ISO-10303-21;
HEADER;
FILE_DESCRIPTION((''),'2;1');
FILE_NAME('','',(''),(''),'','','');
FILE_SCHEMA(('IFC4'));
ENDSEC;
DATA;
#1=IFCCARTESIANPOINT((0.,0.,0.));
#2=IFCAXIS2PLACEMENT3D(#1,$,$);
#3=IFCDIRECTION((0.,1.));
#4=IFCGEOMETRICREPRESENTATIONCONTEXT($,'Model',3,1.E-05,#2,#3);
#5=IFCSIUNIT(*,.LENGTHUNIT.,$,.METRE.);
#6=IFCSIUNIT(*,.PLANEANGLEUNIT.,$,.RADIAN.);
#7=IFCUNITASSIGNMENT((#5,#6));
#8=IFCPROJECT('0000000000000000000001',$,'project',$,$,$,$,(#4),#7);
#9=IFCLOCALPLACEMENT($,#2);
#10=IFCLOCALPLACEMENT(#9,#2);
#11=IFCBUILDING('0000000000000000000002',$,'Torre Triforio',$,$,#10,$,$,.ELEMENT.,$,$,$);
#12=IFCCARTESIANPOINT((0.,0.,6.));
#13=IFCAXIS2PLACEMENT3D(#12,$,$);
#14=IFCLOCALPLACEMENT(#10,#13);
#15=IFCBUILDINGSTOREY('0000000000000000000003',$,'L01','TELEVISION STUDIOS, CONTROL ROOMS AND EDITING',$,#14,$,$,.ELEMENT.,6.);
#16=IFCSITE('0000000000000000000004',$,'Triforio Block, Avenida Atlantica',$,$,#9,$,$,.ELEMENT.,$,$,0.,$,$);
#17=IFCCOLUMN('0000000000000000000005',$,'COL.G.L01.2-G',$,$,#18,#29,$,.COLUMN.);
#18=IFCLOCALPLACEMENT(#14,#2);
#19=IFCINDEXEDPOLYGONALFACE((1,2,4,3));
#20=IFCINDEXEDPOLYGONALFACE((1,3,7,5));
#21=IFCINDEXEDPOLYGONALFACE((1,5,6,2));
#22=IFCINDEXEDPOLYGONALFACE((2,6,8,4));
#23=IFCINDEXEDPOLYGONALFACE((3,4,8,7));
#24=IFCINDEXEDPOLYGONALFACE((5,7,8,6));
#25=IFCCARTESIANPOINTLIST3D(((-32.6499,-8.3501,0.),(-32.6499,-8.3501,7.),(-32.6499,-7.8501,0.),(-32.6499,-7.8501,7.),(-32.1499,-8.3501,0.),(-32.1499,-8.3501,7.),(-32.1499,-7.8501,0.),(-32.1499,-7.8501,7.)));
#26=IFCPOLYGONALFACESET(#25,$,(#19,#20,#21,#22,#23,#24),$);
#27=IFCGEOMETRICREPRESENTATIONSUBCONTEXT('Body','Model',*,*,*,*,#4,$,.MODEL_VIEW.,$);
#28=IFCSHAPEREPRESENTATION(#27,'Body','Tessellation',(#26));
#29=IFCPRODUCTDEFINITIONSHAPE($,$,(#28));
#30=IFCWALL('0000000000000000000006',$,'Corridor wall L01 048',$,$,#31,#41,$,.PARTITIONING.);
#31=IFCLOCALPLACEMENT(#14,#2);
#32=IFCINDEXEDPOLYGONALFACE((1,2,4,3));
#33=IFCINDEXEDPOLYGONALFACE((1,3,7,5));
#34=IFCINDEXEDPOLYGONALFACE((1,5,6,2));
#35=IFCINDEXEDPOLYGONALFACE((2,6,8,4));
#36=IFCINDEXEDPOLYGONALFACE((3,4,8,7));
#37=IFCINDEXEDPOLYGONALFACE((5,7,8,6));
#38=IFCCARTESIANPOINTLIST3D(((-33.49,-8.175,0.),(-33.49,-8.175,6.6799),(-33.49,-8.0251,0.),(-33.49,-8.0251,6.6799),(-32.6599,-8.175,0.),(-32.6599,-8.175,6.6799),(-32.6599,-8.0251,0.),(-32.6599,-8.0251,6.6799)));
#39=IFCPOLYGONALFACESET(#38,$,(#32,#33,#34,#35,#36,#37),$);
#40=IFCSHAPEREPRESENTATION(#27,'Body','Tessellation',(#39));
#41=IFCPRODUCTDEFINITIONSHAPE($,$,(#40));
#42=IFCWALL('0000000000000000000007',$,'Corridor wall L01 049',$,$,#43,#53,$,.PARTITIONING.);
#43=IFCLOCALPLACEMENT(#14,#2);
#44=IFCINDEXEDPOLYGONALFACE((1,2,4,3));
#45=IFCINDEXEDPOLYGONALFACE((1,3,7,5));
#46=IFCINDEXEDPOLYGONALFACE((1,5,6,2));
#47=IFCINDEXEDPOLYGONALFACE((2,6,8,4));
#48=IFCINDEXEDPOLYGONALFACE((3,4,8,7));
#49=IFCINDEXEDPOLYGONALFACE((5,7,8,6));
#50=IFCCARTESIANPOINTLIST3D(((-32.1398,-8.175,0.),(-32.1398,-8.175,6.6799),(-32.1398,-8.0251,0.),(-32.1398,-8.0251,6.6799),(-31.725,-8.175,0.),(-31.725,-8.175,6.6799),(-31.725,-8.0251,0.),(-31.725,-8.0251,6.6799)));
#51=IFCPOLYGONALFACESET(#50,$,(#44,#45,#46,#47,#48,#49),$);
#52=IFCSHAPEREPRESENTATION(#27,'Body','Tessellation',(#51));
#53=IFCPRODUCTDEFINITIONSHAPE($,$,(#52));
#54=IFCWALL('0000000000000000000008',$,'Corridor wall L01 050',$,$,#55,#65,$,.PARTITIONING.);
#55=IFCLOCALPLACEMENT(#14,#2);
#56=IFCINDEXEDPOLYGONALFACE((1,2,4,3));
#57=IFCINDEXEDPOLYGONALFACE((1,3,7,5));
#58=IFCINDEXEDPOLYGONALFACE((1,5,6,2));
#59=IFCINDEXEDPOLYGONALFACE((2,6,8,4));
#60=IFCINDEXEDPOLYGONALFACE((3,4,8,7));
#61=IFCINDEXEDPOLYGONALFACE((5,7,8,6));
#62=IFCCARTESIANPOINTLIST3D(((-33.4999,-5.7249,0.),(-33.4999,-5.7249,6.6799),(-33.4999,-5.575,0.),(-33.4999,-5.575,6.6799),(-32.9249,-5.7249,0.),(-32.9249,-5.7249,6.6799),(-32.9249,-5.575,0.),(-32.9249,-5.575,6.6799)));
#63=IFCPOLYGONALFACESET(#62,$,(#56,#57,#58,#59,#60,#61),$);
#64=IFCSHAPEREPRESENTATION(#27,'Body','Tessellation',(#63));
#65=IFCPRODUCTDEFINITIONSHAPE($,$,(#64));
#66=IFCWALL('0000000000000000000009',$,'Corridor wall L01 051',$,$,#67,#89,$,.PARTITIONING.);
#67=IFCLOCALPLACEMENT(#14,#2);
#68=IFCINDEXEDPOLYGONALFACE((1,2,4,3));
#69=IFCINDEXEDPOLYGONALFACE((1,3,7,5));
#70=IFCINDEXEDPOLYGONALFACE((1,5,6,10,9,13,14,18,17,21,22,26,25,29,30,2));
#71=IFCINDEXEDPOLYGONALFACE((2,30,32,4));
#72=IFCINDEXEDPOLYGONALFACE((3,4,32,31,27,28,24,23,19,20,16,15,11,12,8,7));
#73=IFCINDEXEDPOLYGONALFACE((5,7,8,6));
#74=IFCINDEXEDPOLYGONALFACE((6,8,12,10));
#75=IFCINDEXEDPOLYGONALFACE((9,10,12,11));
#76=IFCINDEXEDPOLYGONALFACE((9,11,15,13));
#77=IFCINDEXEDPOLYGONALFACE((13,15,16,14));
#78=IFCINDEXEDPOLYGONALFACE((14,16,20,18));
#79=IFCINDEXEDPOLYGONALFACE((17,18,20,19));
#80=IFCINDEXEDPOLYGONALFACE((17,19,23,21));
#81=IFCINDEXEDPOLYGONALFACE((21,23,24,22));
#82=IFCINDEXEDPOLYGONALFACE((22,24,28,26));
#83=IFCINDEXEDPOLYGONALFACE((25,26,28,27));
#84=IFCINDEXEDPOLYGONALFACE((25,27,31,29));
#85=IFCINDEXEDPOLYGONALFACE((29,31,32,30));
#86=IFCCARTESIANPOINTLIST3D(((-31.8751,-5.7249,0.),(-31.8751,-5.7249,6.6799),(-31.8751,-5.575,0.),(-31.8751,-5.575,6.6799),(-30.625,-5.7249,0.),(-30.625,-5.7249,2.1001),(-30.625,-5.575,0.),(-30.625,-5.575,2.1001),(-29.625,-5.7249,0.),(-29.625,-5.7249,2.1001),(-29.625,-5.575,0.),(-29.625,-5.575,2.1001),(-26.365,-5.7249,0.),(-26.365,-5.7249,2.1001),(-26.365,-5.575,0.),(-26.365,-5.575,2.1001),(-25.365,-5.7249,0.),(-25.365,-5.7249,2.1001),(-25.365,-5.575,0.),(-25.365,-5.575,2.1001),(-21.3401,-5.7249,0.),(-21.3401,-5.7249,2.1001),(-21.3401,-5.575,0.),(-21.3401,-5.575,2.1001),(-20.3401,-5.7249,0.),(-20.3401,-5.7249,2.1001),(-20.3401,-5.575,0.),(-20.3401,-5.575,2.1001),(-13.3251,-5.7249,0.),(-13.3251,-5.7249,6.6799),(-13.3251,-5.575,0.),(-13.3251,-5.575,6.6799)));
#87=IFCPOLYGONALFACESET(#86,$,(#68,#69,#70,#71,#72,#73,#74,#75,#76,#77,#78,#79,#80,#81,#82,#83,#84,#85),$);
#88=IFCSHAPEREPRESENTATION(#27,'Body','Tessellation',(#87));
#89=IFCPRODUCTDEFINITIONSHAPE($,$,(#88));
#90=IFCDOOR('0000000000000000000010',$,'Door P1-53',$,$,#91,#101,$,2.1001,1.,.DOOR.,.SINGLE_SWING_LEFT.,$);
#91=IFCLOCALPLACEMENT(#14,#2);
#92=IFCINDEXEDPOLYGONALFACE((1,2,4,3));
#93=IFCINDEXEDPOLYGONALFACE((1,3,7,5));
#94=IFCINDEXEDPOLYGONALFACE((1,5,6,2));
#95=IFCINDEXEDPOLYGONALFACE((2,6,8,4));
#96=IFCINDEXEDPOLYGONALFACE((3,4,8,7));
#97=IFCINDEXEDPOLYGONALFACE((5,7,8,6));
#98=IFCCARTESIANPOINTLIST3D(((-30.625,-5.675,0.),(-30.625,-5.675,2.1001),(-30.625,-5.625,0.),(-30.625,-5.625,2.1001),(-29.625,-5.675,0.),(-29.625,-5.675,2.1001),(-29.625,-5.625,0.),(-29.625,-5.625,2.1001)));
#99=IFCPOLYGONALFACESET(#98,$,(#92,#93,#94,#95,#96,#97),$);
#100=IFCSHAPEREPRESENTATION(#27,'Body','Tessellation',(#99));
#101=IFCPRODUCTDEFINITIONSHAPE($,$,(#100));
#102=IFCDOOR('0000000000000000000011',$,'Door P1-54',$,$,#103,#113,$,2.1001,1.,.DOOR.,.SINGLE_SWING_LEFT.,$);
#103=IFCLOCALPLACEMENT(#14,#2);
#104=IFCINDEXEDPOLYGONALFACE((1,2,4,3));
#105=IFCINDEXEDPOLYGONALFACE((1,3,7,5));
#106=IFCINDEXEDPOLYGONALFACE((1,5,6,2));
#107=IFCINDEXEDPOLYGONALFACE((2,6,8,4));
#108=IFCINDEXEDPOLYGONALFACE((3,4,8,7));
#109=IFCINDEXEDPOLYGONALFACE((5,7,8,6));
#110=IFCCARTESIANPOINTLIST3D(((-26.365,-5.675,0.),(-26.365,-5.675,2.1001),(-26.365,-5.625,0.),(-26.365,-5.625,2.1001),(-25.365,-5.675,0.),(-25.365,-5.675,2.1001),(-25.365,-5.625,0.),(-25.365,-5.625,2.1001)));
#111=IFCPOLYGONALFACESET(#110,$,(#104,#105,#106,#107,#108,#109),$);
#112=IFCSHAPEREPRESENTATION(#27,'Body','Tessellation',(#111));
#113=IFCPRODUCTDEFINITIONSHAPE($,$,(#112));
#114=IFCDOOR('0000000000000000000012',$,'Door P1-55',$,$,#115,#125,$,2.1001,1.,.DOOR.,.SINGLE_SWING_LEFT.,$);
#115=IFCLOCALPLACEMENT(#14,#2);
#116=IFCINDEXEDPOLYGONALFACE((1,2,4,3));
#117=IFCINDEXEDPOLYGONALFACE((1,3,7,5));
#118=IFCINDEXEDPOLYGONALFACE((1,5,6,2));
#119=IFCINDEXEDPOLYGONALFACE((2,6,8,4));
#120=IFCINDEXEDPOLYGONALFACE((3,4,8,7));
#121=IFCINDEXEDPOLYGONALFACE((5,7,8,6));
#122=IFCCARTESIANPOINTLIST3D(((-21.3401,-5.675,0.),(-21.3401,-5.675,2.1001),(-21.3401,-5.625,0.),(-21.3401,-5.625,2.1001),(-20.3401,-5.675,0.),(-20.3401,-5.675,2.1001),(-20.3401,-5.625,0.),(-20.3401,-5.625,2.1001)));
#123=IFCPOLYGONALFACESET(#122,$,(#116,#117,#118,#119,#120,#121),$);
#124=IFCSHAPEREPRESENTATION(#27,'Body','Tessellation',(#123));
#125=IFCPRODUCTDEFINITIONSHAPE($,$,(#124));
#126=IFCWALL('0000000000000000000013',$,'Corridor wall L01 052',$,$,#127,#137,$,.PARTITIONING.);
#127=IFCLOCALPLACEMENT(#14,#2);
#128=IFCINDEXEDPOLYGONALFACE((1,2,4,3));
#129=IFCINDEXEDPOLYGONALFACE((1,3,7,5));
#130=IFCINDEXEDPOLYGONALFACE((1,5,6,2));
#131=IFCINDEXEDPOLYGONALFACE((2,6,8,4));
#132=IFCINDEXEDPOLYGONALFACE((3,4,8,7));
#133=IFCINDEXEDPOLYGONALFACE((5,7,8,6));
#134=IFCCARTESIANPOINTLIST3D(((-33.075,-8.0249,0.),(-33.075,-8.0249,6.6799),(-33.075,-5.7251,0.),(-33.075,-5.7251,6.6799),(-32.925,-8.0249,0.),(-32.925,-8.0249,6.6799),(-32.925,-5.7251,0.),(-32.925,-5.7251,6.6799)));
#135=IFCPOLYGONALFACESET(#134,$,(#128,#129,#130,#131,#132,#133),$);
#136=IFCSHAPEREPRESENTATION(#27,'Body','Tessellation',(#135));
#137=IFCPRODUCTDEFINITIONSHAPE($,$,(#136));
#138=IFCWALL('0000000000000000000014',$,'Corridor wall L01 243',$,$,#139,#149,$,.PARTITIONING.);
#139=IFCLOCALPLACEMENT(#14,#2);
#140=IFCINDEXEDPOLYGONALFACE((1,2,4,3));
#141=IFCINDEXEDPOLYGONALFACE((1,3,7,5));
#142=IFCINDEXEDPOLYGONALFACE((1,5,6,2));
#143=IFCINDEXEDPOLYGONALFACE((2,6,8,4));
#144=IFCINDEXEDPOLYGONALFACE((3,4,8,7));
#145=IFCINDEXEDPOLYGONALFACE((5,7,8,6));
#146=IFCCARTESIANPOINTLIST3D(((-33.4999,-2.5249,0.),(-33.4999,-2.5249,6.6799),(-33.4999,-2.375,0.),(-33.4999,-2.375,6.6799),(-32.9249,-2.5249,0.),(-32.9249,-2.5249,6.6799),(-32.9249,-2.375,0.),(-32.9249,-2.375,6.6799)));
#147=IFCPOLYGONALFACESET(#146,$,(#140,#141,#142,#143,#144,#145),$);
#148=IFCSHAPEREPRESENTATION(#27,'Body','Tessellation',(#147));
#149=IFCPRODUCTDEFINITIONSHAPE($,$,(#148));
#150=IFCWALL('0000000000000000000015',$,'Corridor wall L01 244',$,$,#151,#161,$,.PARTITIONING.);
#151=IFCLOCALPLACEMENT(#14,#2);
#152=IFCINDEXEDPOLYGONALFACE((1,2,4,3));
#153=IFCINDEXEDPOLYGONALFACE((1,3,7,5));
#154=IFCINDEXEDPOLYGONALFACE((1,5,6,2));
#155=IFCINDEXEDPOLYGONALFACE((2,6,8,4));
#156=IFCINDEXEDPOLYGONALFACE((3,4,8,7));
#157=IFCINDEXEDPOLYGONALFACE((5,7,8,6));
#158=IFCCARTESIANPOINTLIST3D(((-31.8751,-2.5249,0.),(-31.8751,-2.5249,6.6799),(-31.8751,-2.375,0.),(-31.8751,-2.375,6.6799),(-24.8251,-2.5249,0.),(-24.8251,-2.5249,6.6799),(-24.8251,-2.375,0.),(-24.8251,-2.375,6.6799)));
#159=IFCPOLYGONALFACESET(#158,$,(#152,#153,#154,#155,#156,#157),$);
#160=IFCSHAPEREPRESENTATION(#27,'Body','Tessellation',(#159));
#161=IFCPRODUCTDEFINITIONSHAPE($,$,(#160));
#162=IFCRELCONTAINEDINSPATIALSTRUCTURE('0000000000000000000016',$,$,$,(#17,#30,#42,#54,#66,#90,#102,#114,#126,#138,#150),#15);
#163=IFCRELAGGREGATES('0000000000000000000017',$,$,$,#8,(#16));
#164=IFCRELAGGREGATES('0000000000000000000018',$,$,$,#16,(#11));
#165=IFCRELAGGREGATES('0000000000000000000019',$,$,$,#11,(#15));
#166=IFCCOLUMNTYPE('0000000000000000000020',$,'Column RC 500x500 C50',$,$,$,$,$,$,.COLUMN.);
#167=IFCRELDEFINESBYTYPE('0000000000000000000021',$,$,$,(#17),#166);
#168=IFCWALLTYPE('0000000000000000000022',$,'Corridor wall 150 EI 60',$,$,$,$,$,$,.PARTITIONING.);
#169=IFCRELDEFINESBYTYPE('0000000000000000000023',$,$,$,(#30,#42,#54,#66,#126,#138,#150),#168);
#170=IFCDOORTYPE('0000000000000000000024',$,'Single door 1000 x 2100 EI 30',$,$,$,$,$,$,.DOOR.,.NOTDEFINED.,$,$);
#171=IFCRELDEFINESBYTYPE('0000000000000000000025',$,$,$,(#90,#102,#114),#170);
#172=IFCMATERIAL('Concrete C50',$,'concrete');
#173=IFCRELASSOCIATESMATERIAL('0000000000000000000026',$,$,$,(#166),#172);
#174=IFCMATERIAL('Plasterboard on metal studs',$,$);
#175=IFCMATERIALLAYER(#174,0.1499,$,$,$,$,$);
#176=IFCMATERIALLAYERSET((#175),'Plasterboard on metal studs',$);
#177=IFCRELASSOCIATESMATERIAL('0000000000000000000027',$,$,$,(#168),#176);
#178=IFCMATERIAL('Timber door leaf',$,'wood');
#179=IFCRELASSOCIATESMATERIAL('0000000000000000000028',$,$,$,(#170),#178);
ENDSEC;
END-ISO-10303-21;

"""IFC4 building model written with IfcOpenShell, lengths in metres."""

from ifc_helpers import new_model, si_unit, direction, frame, frame_2d, origin, origin_2d, place, context, subcontext, project, spatial, rectangle, extrude, material, layer, layer_set, material_profile, profile_set, type_object, element, fill, save


model = new_model("IFC4")

# Units and contexts
model_context = context("Model", 3, precision=1e-05, world=origin(), true_north=direction((0.0, 1.0)))
body_context = subcontext(model_context, "Body", "Model", "MODEL_VIEW")
ifc_project = project(units=[si_unit("LENGTHUNIT", "METRE"), si_unit("PLANEANGLEUNIT", "RADIAN")], contexts=[model_context])

# Site, building, storey
site_placement = place(None, origin())
site = spatial("IfcSite", under=ifc_project, at=site_placement, Name="Triforio Block, Avenida Atlantica", CompositionType="ELEMENT", RefElevation=0.0)
building_placement = place(site_placement, origin())
building = spatial("IfcBuilding", under=site, at=building_placement, Name="Torre Triforio", CompositionType="ELEMENT")
storey_placement = place(building_placement, frame((0.0, 0.0, 6.0)))
storey = spatial("IfcBuildingStorey", under=building, at=storey_placement, Name="L01", Description="TELEVISION STUDIOS, CONTROL ROOMS AND EDITING", CompositionType="ELEMENT", Elevation=6.0)

# Column
ifc_material_1 = material(Name="Concrete C50", Category="concrete")
ifc_material_profile = material_profile(ifc_material_1, rectangle(XDim=0.5, YDim=0.5, at=origin_2d()), Name="RC 500x500")
ifc_profile_set = profile_set([ifc_material_profile], Name="Concrete C50")
column_type = type_object("IfcColumnType", Name="Column RC 500x500 C50", PredefinedType="COLUMN", material=ifc_profile_set)
column_placement = place(storey_placement, frame((-32.3999, -8.1001, 0.0), z_axis=(0.0, 0.0, 1.0), x_axis=(1.0, 0.0, 0.0)))
element("IfcColumn", 1, at=column_placement, inside=storey, type_object=column_type, Name="COL.G.L01.2-G", PredefinedType="COLUMN", context=body_context, shape_type="SweptSolid", body=[
    extrude(rectangle(XDim=0.5, YDim=0.5, at=origin_2d()), origin(), (0.0, 0.0, 1.0), 7.0),
])

# Walls
ifc_material_2 = material(Name="Plasterboard on metal studs")
ifc_layer_1 = layer(ifc_material_2, 0.1499)
ifc_layer_set_1 = layer_set([ifc_layer_1], Name="Plasterboard on metal studs")
wall_type_1 = type_object("IfcWallType", Name="Corridor wall 150 EI 60", PredefinedType="PARTITIONING", material=ifc_layer_set_1)
wall_1_placement = place(storey_placement, frame((-33.49, -8.1001, 0.0), z_axis=(0.0, 0.0, 1.0), x_axis=(1.0, 0.0, 0.0)))
element("IfcWall", 2, at=wall_1_placement, inside=storey, type_object=wall_type_1, Name="Corridor wall L01 048", PredefinedType="PARTITIONING", context=body_context, shape_type="SweptSolid", body=[
    extrude(rectangle(XDim=0.8301, YDim=0.1499, at=frame_2d((0.415, 0.0))), origin(), (0.0, 0.0, 1.0), 6.6799),
])
wall_2_placement = place(storey_placement, frame((-32.1399, -8.1001, 0.0), z_axis=(0.0, 0.0, 1.0), x_axis=(1.0, 0.0, 0.0)))
element("IfcWall", 3, at=wall_2_placement, inside=storey, type_object=wall_type_1, Name="Corridor wall L01 049", PredefinedType="PARTITIONING", context=body_context, shape_type="SweptSolid", body=[
    extrude(rectangle(XDim=0.4148, YDim=0.1499, at=frame_2d((0.2075, 0.0))), origin(), (0.0, 0.0, 1.0), 6.6799),
])
wall_3_placement = place(storey_placement, frame((-33.5, -5.6499, 0.0), z_axis=(0.0, 0.0, 1.0), x_axis=(1.0, 0.0, 0.0)))
element("IfcWall", 4, at=wall_3_placement, inside=storey, type_object=wall_type_1, Name="Corridor wall L01 050", PredefinedType="PARTITIONING", context=body_context, shape_type="SweptSolid", body=[
    extrude(rectangle(XDim=0.575, YDim=0.1499, at=frame_2d((0.2876, 0.0))), origin(), (0.0, 0.0, 1.0), 6.6799),
])

# Wall, openings, doors
wall_4_placement = place(storey_placement, frame((-31.875, -5.6499, 0.0), z_axis=(0.0, 0.0, 1.0), x_axis=(1.0, 0.0, 0.0)))
wall_4 = element("IfcWall", 5, at=wall_4_placement, inside=storey, type_object=wall_type_1, Name="Corridor wall L01 051", PredefinedType="PARTITIONING", context=body_context, shape_type="SweptSolid", body=[
    extrude(rectangle(XDim=18.55, YDim=0.1499, at=frame_2d((9.2749, 0.0))), origin(), (0.0, 0.0, 1.0), 6.6799),
])
opening_1_placement = place(wall_4_placement, frame((1.25, 0.0, 0.0)))
opening_1 = element("IfcOpeningElement", 6, at=opening_1_placement, cuts=wall_4, PredefinedType="OPENING", context=body_context, shape_type="SweptSolid", body=[
    extrude(rectangle(XDim=1.0, YDim=2.1001, at=frame_2d((0.5, 1.05))), frame((0.0, 0.085, 0.0), z_axis=(0.0, -1.0, 0.0), x_axis=(1.0, 0.0, 0.0)), (0.0, 0.0, 1.0), 0.1699),
])
opening_2_placement = place(wall_4_placement, frame((5.51, 0.0, 0.0)))
opening_2 = element("IfcOpeningElement", 7, at=opening_2_placement, cuts=wall_4, PredefinedType="OPENING", context=body_context, shape_type="SweptSolid", body=[
    extrude(rectangle(XDim=1.0, YDim=2.1001, at=frame_2d((0.5, 1.05))), frame((0.0, 0.085, 0.0), z_axis=(0.0, -1.0, 0.0), x_axis=(1.0, 0.0, 0.0)), (0.0, 0.0, 1.0), 0.1699),
])
opening_3_placement = place(wall_4_placement, frame((10.5349, 0.0, 0.0)))
opening_3 = element("IfcOpeningElement", 8, at=opening_3_placement, cuts=wall_4, PredefinedType="OPENING", context=body_context, shape_type="SweptSolid", body=[
    extrude(rectangle(XDim=1.0, YDim=2.1001, at=frame_2d((0.5, 1.05))), frame((0.0, 0.085, 0.0), z_axis=(0.0, -1.0, 0.0), x_axis=(1.0, 0.0, 0.0)), (0.0, 0.0, 1.0), 0.1699),
])
ifc_material_3 = material(Name="Timber door leaf", Category="wood")
door_type = type_object("IfcDoorType", Name="Single door 1000 x 2100 EI 30", OperationType="NOTDEFINED", PredefinedType="DOOR", material=ifc_material_3)
door_1_placement = place(opening_1_placement, origin())
door_1 = element("IfcDoor", 9, at=door_1_placement, inside=storey, type_object=door_type, Name="Door P1-53", OperationType="SINGLE_SWING_LEFT", OverallHeight=2.1001, OverallWidth=1.0, PredefinedType="DOOR", context=body_context, shape_type="SweptSolid", body=[
    extrude(rectangle(XDim=1.0, YDim=2.1001, at=frame_2d((0.5, 1.05))), frame((0.0, 0.0249, 0.0), z_axis=(0.0, -1.0, 0.0), x_axis=(1.0, 0.0, 0.0)), (0.0, 0.0, 1.0), 0.05),
])
fill(opening_1, door_1)
door_2_placement = place(opening_2_placement, origin())
door_2 = element("IfcDoor", 10, at=door_2_placement, inside=storey, type_object=door_type, Name="Door P1-54", OperationType="SINGLE_SWING_LEFT", OverallHeight=2.1001, OverallWidth=1.0, PredefinedType="DOOR", context=body_context, shape_type="SweptSolid", body=[
    extrude(rectangle(XDim=1.0, YDim=2.1001, at=frame_2d((0.5, 1.05))), frame((0.0, 0.0249, 0.0), z_axis=(0.0, -1.0, 0.0), x_axis=(1.0, 0.0, 0.0)), (0.0, 0.0, 1.0), 0.05),
])
fill(opening_2, door_2)
door_3_placement = place(opening_3_placement, origin())
door_3 = element("IfcDoor", 11, at=door_3_placement, inside=storey, type_object=door_type, Name="Door P1-55", OperationType="SINGLE_SWING_LEFT", OverallHeight=2.1001, OverallWidth=1.0, PredefinedType="DOOR", context=body_context, shape_type="SweptSolid", body=[
    extrude(rectangle(XDim=1.0, YDim=2.1001, at=frame_2d((0.5, 1.05))), frame((0.0, 0.0249, 0.0), z_axis=(0.0, -1.0, 0.0), x_axis=(1.0, 0.0, 0.0)), (0.0, 0.0, 1.0), 0.05),
])
fill(opening_3, door_3)

# Walls
wall_5_placement = place(storey_placement, frame((-33.0, -8.0249, 0.0), z_axis=(0.0, 0.0, 1.0), x_axis=(0.0, 1.0, 0.0)))
element("IfcWall", 12, at=wall_5_placement, inside=storey, type_object=wall_type_1, Name="Corridor wall L01 052", PredefinedType="PARTITIONING", context=body_context, shape_type="SweptSolid", body=[
    extrude(rectangle(XDim=2.2998, YDim=0.1499, at=frame_2d((1.1499, 0.0))), origin(), (0.0, 0.0, 1.0), 6.6799),
])
wall_6_placement = place(storey_placement, frame((-33.5, -2.45, 0.0), z_axis=(0.0, 0.0, 1.0), x_axis=(1.0, 0.0, 0.0)))
element("IfcWall", 13, at=wall_6_placement, inside=storey, type_object=wall_type_1, Name="Corridor wall L01 243", PredefinedType="PARTITIONING", context=body_context, shape_type="SweptSolid", body=[
    extrude(rectangle(XDim=0.575, YDim=0.1499, at=frame_2d((0.2876, 0.0))), origin(), (0.0, 0.0, 1.0), 6.6799),
])
wall_7_placement = place(storey_placement, frame((-31.875, -2.45, 0.0), z_axis=(0.0, 0.0, 1.0), x_axis=(1.0, 0.0, 0.0)))
element("IfcWall", 14, at=wall_7_placement, inside=storey, type_object=wall_type_1, Name="Corridor wall L01 244", PredefinedType="PARTITIONING", context=body_context, shape_type="SweptSolid", body=[
    extrude(rectangle(XDim=7.05, YDim=0.1499, at=frame_2d((3.5249, 0.0))), origin(), (0.0, 0.0, 1.0), 6.6799),
])

save(model, "model.ifc")
